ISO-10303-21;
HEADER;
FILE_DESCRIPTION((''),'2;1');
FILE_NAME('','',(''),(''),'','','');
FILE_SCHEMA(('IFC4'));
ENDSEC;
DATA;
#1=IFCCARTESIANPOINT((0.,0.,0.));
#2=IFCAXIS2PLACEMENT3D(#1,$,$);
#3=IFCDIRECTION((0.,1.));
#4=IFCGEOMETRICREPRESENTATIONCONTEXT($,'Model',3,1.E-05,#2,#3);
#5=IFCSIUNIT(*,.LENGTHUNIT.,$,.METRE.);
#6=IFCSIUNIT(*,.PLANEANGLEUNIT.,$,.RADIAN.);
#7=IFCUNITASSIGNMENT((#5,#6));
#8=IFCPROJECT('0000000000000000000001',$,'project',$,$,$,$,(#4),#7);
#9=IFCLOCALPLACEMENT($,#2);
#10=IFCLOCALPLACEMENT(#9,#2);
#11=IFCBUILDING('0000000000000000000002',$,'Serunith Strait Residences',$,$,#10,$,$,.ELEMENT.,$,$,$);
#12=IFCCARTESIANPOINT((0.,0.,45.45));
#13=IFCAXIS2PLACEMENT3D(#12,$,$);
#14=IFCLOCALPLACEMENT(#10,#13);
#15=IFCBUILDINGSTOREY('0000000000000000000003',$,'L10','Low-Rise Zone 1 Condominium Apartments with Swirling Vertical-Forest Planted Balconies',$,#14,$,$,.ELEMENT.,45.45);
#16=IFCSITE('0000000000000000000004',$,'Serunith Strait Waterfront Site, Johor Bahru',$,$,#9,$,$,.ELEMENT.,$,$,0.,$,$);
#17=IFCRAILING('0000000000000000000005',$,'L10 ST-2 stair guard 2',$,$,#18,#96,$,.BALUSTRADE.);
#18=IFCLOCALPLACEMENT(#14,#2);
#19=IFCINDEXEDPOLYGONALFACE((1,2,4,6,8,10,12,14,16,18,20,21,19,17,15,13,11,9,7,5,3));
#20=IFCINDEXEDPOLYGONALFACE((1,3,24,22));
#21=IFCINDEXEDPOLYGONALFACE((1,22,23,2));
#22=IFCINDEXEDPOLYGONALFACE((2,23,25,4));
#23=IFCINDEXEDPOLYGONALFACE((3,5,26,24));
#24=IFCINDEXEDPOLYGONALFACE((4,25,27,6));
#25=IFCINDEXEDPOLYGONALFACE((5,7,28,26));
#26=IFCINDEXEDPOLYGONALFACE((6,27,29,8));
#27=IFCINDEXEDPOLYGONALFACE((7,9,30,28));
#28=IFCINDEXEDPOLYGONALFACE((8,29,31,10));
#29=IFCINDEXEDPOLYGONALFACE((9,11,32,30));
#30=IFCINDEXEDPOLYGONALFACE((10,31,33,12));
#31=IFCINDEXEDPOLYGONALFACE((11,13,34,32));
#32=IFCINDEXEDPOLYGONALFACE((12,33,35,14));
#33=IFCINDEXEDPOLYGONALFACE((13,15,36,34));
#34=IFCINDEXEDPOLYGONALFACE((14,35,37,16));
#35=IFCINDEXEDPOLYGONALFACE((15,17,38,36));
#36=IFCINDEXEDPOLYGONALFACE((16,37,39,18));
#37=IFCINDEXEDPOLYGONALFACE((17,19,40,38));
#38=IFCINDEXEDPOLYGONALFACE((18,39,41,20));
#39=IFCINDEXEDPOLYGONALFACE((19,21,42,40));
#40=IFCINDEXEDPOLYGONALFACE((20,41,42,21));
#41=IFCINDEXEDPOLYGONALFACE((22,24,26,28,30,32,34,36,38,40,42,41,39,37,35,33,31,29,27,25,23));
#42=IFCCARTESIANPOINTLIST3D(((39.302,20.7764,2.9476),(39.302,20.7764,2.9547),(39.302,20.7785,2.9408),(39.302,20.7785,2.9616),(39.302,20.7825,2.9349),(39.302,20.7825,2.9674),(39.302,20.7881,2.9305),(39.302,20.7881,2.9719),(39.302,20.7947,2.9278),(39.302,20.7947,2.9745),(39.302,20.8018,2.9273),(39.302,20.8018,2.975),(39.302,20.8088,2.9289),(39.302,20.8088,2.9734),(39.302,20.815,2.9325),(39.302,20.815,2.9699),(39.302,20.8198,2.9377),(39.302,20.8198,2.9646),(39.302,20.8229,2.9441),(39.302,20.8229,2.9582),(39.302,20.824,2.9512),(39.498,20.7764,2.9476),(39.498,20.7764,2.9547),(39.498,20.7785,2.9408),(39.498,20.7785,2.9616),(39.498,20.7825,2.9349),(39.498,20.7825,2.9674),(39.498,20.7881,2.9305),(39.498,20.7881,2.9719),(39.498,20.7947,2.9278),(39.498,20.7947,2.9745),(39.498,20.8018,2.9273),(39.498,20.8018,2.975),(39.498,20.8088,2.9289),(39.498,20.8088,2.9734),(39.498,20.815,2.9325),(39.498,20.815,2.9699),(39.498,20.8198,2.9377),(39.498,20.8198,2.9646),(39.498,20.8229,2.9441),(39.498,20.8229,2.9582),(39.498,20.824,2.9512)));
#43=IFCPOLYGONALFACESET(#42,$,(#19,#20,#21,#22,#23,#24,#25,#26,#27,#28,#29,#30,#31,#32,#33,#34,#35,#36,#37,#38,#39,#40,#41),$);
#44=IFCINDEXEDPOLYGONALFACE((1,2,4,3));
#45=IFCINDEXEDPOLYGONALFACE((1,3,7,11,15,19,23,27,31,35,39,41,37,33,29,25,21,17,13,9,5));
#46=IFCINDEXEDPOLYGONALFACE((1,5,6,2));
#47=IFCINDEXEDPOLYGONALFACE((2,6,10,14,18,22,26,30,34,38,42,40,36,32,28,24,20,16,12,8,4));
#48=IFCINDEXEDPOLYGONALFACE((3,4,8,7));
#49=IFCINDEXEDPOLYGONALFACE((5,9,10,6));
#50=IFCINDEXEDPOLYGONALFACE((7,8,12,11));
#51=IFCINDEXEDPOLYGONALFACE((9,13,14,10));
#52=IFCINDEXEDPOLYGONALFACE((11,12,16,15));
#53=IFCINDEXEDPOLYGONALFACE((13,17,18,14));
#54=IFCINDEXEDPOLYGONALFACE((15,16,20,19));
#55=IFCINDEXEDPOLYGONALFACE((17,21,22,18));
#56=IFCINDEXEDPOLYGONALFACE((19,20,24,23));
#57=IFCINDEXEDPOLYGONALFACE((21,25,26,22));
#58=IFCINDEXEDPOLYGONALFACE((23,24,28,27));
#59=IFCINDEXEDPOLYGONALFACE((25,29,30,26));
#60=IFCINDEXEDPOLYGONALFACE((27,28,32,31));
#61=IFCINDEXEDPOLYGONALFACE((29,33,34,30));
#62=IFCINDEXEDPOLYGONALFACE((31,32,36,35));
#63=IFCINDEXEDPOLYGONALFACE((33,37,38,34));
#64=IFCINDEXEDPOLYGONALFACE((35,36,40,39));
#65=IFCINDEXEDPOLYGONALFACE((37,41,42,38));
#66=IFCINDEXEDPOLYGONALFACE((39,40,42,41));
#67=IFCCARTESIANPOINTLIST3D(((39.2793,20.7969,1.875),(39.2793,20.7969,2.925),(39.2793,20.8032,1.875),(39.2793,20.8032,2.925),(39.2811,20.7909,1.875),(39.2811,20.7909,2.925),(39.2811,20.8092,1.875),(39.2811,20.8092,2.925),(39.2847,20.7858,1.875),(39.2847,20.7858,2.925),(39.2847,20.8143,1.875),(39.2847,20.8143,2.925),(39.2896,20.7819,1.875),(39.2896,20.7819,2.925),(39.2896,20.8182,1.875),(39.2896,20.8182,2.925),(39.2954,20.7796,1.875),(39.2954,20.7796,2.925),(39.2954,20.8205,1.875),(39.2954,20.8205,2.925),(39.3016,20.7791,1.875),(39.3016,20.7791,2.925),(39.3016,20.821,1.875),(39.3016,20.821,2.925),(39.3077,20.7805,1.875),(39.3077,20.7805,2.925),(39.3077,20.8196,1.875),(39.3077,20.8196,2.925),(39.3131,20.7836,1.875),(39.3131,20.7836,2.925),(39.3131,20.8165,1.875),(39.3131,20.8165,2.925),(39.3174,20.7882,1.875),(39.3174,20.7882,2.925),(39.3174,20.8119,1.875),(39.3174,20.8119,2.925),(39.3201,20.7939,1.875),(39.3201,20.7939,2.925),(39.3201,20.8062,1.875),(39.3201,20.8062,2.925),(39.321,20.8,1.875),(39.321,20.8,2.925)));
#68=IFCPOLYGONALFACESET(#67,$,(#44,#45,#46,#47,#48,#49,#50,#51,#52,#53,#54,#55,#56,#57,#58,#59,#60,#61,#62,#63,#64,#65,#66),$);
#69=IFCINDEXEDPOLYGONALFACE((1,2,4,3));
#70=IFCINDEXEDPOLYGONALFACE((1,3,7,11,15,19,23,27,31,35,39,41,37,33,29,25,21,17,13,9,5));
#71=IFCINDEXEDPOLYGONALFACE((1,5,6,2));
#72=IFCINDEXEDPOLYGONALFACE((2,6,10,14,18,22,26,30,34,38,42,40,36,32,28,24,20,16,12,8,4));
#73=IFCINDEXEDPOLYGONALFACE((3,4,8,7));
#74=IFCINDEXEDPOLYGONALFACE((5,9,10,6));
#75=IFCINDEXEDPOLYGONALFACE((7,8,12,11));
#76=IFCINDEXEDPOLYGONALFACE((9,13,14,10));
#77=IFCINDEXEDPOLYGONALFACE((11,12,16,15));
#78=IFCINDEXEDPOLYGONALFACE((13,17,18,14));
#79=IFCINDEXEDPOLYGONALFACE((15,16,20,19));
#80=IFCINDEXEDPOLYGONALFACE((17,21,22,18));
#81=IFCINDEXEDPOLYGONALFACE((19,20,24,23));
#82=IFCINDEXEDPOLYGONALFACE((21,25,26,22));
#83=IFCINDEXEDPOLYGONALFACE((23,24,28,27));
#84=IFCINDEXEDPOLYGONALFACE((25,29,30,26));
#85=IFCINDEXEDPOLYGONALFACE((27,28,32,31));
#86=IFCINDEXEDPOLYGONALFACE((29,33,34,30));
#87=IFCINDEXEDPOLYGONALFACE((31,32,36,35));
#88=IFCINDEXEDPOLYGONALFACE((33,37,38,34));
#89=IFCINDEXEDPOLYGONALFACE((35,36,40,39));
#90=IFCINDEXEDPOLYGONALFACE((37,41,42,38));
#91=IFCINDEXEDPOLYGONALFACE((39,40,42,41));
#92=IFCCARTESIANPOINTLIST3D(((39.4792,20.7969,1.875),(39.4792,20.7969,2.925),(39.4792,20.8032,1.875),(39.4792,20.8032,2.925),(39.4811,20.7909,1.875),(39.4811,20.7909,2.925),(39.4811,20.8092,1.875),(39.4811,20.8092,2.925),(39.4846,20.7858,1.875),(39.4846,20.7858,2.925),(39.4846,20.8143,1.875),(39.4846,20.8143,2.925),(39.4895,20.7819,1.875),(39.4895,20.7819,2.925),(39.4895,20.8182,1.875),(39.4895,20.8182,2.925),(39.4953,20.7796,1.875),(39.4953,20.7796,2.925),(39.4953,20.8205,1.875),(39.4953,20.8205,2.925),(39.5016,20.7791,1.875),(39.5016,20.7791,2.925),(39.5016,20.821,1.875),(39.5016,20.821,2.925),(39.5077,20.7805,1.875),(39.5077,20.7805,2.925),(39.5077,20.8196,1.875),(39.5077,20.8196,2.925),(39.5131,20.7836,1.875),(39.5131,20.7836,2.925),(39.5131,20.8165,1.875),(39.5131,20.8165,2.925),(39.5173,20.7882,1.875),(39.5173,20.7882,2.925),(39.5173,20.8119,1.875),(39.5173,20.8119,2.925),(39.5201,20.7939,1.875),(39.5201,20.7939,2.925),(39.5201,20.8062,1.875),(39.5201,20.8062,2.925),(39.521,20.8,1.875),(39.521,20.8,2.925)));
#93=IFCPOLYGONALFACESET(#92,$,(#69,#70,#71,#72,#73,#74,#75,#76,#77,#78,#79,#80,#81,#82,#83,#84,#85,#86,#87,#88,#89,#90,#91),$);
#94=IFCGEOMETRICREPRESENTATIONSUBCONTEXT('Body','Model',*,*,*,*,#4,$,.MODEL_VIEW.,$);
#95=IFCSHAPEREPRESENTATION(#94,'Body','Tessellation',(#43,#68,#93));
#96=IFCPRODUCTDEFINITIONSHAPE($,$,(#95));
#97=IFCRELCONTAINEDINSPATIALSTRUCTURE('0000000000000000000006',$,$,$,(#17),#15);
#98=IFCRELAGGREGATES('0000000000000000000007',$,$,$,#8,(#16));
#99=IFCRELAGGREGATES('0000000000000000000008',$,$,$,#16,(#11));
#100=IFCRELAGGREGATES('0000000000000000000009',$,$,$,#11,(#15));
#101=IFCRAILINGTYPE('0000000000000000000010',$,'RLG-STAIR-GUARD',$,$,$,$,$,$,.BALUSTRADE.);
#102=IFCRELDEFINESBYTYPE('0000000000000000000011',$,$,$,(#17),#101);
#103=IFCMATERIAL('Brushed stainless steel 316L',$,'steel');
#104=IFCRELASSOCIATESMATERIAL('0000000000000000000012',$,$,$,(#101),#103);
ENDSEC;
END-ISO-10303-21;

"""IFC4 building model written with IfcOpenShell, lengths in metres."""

from ifc_helpers import new_model, si_unit, direction, frame, origin, origin_2d, place, context, subcontext, project, spatial, circle, extrude, material, type_object, element, save


model = new_model("IFC4")

# Units and contexts
model_context = context("Model", 3, precision=1e-05, world=origin(), true_north=direction((0.0, 1.0)))
body_context = subcontext(model_context, "Body", "Model", "MODEL_VIEW")
ifc_project = project(units=[si_unit("LENGTHUNIT", "METRE"), si_unit("PLANEANGLEUNIT", "RADIAN")], contexts=[model_context])

# Site, building, storey
site_placement = place(None, origin())
site = spatial("IfcSite", under=ifc_project, at=site_placement, Name="Serunith Strait Waterfront Site, Johor Bahru", CompositionType="ELEMENT", RefElevation=0.0)
building_placement = place(site_placement, origin())
building = spatial("IfcBuilding", under=site, at=building_placement, Name="Serunith Strait Residences", CompositionType="ELEMENT")
storey_placement = place(building_placement, frame((0.0, 0.0, 45.45)))
storey = spatial("IfcBuildingStorey", under=building, at=storey_placement, Name="L10", Description="Low-Rise Zone 1 Condominium Apartments with Swirling Vertical-Forest Planted Balconies", CompositionType="ELEMENT", Elevation=45.45)

# Railing
ifc_material_1 = material(Name="Brushed stainless steel 316L", Category="steel")
railing_type_1 = type_object("IfcRailingType", Name="RLG-STAIR-GUARD", PredefinedType="BALUSTRADE", material=ifc_material_1)
railing_1_placement = place(storey_placement, frame((39.3, 20.8, 1.875)))
element("IfcRailing", 1, at=railing_1_placement, inside=storey, type_object=railing_type_1, Name="L10 ST-2 stair guard 2", PredefinedType="BALUSTRADE", context=body_context, shape_type="SweptSolid", body=[
    extrude(circle(Radius=0.0239, at=origin_2d()), frame((0.002, 0.0, 1.0762), z_axis=(1.0, 0.0, 0.0), x_axis=(0.0, 1.0, 0.0)), (0.0, 0.0, 1.0), 0.196),
    extrude(circle(Radius=0.021, at=origin_2d()), origin(), (0.0, 0.0, 1.0), 1.05),
    extrude(circle(Radius=0.021, at=origin_2d()), frame((0.2, 0.0, 0.0)), (0.0, 0.0, 1.0), 1.05),
])

save(model, "model.ifc")
